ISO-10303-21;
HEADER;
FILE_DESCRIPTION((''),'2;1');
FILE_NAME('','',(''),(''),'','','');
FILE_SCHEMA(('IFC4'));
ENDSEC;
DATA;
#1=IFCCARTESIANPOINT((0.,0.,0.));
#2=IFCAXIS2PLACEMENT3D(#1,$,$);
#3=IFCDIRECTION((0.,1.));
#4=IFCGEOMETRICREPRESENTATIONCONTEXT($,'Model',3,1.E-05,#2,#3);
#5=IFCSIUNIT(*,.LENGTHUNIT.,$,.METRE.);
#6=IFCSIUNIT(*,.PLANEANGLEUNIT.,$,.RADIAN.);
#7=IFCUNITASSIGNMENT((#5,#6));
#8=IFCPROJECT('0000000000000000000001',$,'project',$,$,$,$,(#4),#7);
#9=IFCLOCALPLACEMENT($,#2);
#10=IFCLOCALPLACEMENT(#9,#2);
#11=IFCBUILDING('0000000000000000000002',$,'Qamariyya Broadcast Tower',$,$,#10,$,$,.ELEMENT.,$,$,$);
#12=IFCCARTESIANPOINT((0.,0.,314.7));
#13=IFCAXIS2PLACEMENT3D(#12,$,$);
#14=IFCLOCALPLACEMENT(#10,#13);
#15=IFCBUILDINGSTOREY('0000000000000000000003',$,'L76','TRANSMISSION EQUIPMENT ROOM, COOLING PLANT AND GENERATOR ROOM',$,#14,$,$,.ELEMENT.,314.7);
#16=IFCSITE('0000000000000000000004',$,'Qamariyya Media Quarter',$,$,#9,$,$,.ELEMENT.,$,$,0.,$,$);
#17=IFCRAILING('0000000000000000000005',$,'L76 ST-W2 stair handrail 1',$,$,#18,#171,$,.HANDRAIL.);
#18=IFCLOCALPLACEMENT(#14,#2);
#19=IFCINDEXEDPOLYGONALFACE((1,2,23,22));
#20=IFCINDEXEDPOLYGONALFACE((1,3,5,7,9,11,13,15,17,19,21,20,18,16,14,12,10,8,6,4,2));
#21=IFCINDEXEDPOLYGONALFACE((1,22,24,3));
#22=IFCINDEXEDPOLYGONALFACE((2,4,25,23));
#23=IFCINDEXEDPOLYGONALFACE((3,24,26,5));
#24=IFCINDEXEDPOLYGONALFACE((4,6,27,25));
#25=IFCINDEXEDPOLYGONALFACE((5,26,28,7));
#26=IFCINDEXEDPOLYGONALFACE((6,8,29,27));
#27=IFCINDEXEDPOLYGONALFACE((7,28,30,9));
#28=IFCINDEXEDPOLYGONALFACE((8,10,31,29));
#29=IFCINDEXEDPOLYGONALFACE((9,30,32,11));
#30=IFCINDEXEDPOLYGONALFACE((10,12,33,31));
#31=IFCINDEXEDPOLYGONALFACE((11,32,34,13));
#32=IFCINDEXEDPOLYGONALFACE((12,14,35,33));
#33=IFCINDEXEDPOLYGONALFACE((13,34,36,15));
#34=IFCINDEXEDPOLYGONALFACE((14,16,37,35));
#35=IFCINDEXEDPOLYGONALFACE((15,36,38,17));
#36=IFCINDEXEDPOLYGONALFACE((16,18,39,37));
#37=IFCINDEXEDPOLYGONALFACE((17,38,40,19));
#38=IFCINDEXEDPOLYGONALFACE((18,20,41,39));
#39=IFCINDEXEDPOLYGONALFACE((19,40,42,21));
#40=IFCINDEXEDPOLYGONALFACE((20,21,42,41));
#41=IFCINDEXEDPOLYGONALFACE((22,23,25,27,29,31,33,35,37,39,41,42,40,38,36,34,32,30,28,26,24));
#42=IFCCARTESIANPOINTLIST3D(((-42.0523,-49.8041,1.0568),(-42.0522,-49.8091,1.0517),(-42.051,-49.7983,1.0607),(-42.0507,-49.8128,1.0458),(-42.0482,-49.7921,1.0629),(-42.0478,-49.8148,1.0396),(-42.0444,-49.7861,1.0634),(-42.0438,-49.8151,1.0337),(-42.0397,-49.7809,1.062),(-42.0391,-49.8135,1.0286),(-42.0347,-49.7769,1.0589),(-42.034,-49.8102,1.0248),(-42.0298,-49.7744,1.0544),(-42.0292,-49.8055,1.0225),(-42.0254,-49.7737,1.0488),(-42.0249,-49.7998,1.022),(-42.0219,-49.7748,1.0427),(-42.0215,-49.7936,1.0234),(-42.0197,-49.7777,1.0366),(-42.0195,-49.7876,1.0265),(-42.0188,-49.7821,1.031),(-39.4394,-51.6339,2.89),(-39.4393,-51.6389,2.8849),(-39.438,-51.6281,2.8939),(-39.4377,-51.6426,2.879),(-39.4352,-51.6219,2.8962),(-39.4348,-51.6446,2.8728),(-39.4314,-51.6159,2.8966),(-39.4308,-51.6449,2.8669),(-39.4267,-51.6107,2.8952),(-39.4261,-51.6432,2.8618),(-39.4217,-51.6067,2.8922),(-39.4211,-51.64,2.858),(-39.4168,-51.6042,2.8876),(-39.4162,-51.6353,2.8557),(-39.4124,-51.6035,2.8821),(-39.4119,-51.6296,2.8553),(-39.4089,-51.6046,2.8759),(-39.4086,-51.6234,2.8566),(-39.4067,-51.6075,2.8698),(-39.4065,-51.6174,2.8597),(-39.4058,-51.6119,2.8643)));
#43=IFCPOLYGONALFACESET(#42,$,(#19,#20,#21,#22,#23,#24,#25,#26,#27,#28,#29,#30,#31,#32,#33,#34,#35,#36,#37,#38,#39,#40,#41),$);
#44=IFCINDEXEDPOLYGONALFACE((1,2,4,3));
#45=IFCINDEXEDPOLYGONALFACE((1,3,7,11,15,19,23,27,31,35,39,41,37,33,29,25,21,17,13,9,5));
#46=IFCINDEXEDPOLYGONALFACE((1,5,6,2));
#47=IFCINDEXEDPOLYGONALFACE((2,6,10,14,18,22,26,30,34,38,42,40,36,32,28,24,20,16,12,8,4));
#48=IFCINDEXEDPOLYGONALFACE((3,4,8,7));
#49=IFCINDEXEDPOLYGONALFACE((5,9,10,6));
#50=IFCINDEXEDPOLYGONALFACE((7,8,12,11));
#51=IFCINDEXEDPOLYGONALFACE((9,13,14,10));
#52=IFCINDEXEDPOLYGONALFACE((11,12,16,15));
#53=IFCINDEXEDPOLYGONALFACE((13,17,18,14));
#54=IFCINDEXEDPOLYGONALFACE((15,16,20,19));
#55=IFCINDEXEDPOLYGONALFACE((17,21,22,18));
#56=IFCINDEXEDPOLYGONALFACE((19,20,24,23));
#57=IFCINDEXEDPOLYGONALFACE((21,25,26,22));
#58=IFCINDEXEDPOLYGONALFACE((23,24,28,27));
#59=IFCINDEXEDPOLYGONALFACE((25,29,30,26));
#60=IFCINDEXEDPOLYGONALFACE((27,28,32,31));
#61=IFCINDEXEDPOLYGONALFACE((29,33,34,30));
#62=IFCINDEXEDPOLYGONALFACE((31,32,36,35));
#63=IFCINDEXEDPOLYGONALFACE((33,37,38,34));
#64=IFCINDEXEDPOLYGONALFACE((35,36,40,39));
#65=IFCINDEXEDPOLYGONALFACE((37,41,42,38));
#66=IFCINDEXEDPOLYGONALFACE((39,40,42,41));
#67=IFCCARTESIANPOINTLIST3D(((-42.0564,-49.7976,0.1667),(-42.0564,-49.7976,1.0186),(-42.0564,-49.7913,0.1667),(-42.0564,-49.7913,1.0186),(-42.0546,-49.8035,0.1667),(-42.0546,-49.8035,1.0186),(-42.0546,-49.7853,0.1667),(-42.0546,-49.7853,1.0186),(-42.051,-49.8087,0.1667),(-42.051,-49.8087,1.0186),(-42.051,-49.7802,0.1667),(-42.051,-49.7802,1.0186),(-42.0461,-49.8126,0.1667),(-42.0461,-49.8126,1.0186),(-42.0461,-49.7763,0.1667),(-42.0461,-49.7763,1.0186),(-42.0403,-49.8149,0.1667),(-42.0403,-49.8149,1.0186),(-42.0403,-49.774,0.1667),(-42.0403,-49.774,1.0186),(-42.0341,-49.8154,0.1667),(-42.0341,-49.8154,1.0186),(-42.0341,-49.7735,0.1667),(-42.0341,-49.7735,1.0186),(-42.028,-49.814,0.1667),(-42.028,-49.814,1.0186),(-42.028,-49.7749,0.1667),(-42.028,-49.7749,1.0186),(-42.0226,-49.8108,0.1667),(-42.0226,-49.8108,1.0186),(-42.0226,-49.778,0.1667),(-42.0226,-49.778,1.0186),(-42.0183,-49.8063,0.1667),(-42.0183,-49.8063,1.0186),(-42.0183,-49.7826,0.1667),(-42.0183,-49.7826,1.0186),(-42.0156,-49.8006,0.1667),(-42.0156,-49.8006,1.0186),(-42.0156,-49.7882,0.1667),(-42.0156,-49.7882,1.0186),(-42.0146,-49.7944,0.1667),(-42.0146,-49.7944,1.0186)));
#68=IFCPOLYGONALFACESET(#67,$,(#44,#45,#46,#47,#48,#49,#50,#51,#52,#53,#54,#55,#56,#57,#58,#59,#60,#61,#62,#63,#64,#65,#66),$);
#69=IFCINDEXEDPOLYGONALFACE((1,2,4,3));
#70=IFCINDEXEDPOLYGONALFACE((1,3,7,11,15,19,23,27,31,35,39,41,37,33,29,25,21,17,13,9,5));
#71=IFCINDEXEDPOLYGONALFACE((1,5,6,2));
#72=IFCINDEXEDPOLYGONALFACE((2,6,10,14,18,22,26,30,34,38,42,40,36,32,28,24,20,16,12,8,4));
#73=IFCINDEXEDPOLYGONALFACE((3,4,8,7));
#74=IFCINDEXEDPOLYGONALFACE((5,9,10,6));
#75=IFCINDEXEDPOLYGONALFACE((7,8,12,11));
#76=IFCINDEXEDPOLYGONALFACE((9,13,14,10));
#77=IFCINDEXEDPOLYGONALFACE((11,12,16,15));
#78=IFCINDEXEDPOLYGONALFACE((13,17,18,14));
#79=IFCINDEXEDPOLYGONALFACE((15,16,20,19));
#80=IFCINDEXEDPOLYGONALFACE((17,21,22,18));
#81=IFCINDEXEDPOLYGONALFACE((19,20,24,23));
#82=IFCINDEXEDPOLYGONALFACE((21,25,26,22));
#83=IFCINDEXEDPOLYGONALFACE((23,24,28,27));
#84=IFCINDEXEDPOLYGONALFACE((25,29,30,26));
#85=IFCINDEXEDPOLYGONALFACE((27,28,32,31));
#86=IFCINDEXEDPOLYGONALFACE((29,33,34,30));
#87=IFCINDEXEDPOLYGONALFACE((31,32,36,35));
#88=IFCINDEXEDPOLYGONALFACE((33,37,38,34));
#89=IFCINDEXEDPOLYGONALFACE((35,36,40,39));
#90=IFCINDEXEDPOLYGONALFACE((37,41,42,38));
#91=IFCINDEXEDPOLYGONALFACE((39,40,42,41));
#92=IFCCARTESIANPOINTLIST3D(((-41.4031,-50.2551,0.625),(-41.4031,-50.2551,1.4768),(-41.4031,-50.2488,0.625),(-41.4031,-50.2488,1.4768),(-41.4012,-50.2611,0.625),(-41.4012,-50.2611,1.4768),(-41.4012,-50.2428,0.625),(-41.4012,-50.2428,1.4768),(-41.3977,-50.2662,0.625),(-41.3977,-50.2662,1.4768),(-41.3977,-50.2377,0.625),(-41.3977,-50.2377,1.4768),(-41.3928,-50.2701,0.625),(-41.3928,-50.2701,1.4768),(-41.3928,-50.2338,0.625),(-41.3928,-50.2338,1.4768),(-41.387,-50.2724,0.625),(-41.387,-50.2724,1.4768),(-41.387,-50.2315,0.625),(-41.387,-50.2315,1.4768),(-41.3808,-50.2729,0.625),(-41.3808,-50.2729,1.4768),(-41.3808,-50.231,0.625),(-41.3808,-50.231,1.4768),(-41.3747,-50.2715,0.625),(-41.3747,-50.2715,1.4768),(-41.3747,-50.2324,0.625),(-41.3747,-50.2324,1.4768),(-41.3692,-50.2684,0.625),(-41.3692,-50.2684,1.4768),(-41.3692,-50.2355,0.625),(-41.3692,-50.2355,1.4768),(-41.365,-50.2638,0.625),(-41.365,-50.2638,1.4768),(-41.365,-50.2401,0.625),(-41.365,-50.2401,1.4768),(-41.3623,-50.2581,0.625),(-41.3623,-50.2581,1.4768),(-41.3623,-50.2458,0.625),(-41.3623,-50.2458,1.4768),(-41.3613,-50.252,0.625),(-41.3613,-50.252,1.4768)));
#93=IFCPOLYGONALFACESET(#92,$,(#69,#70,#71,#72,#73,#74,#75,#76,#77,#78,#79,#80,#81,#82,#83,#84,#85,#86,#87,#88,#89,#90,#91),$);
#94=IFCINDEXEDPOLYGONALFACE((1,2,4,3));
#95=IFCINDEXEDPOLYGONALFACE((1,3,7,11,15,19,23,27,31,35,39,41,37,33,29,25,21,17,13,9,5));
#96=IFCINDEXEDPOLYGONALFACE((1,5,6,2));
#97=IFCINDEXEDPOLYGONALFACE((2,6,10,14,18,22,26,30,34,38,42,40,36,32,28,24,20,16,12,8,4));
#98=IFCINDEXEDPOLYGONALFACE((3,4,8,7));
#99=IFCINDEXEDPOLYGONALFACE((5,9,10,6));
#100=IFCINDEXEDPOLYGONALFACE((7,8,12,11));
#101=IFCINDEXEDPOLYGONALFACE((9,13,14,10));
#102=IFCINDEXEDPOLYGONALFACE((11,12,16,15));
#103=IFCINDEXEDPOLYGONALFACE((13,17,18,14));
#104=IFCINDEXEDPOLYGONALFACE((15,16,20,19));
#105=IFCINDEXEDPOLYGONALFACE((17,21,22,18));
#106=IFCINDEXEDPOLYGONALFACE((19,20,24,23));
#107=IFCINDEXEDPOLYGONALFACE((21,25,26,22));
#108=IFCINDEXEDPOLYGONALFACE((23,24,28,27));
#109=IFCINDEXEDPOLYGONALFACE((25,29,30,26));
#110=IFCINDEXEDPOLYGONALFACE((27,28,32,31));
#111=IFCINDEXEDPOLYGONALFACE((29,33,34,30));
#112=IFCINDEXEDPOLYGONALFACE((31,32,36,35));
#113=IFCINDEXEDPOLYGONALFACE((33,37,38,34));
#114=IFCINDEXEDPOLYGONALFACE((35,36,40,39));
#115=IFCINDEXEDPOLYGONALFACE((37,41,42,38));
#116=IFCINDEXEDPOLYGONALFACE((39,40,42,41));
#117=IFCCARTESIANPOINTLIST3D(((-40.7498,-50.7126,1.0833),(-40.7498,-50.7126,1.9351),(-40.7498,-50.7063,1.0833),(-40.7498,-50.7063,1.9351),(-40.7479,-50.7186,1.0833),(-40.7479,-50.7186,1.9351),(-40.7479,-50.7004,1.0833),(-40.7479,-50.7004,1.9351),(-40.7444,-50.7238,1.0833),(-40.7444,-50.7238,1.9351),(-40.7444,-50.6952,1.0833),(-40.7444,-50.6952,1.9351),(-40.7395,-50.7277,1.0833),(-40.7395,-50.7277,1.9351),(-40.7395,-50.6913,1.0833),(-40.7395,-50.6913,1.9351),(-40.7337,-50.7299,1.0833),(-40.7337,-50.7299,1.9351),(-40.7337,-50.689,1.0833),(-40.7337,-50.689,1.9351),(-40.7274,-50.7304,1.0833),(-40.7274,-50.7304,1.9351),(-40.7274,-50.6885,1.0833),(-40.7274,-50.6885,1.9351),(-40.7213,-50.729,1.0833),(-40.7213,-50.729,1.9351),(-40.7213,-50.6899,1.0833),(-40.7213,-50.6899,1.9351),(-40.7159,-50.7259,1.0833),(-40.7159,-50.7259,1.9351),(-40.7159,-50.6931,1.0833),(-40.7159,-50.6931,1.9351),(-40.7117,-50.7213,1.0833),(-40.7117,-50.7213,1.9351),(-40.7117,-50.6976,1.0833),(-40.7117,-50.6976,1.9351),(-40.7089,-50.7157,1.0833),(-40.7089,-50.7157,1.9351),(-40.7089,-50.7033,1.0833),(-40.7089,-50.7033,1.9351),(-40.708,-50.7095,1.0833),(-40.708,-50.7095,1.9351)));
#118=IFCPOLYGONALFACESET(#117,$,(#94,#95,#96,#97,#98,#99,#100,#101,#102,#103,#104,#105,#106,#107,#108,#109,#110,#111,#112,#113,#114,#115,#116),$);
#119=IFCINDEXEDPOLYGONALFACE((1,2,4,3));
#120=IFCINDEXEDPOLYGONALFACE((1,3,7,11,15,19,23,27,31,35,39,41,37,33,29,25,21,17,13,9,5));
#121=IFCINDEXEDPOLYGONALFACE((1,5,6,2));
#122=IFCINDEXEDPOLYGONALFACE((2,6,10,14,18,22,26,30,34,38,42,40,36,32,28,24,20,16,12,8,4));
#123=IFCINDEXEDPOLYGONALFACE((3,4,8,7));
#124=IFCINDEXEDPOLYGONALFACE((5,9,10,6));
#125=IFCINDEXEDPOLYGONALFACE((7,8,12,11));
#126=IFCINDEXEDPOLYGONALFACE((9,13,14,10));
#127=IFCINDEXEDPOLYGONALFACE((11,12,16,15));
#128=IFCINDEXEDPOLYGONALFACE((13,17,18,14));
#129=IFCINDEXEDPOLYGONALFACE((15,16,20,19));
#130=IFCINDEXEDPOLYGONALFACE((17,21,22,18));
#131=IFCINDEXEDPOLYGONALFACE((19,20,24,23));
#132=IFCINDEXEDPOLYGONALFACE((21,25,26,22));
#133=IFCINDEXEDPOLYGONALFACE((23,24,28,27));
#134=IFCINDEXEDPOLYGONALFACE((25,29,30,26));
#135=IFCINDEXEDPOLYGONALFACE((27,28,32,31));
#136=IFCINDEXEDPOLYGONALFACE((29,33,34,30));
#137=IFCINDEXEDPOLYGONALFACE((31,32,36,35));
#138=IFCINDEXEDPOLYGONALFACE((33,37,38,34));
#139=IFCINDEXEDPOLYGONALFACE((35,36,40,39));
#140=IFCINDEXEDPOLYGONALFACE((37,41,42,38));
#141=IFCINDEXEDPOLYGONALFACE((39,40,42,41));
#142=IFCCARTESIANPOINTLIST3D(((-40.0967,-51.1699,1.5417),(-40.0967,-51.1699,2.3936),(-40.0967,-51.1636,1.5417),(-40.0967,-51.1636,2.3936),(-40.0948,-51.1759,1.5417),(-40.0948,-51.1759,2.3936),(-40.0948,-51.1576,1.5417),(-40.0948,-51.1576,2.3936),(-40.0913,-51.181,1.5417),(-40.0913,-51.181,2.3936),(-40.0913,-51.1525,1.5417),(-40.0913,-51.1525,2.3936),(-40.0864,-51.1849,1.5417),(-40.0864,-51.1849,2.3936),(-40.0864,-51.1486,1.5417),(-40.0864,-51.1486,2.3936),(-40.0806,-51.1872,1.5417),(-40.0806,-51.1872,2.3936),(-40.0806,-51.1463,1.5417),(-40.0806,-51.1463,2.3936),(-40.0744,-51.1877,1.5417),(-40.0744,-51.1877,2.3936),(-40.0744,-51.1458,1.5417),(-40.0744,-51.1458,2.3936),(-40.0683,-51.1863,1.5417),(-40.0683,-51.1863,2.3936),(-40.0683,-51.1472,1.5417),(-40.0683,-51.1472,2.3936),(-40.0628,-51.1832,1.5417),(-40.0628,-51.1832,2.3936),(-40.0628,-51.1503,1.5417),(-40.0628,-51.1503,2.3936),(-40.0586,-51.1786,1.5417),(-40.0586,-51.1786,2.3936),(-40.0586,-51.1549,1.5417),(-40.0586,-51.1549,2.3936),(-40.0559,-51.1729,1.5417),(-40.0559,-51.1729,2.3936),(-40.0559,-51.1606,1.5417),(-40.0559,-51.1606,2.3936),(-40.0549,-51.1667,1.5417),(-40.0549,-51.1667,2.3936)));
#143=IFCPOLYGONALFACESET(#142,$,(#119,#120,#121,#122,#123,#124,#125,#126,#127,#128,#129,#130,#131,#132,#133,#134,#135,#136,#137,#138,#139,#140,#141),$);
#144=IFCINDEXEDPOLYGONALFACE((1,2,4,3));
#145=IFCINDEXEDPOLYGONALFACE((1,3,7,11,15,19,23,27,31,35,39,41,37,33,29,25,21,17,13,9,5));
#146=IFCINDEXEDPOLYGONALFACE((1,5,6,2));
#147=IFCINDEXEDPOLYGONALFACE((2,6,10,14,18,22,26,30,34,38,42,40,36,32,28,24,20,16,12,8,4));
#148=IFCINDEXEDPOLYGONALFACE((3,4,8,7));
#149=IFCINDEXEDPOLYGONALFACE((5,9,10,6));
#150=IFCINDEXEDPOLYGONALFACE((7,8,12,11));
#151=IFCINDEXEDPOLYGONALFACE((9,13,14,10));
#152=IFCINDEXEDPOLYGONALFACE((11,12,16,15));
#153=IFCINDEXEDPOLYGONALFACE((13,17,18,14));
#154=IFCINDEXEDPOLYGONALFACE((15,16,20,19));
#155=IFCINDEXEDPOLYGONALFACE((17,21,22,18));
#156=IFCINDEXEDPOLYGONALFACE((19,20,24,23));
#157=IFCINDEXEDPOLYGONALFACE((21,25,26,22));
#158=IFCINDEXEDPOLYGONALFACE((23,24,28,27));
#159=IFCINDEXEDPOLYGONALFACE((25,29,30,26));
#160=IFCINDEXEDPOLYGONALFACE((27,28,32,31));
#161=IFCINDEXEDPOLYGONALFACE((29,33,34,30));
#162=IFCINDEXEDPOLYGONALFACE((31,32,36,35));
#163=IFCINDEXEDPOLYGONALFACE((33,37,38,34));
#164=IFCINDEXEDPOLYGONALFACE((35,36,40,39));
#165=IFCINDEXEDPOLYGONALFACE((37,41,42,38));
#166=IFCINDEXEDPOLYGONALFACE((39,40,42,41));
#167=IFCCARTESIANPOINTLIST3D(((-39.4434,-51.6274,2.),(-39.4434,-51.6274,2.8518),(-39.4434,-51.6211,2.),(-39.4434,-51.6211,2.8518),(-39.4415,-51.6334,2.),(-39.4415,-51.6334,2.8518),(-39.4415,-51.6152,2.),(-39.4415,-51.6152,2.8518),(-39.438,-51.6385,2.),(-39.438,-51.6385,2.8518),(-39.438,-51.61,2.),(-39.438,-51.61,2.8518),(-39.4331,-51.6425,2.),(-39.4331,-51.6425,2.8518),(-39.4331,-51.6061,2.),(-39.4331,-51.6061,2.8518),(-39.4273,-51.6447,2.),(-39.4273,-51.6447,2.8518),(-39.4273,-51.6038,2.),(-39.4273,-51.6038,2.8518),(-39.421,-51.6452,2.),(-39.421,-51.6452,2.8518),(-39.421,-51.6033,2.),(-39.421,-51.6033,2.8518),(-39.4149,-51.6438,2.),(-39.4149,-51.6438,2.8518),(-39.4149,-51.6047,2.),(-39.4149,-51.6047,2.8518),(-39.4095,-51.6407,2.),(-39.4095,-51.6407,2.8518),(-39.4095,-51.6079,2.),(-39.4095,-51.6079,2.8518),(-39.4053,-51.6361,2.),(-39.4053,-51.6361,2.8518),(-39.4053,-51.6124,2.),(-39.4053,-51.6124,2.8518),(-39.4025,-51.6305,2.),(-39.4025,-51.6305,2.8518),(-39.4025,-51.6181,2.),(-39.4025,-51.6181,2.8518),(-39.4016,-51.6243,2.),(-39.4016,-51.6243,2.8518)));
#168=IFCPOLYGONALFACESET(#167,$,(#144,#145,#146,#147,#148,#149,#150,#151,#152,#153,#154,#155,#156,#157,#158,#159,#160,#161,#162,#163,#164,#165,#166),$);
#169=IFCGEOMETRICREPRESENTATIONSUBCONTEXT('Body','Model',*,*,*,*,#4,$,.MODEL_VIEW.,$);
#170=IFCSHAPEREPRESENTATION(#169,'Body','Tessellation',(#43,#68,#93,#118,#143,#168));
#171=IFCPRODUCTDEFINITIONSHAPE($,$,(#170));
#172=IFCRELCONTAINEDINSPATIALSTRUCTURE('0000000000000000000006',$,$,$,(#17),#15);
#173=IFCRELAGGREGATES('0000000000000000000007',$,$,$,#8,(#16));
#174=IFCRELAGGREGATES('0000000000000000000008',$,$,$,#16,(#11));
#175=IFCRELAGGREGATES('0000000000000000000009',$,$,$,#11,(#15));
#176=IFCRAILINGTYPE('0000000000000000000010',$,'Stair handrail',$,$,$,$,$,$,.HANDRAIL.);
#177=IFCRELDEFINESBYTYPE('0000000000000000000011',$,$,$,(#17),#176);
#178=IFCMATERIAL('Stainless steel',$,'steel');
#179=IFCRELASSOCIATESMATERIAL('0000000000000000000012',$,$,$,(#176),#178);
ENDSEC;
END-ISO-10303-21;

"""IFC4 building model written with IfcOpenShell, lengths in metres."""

from ifc_helpers import new_model, si_unit, direction, frame, origin, origin_2d, place, context, subcontext, project, spatial, circle, extrude, material, type_object, element, save


model = new_model("IFC4")

# Units and contexts
model_context = context("Model", 3, precision=1e-05, world=origin(), true_north=direction((0.0, 1.0)))
body_context = subcontext(model_context, "Body", "Model", "MODEL_VIEW")
ifc_project = project(units=[si_unit("LENGTHUNIT", "METRE"), si_unit("PLANEANGLEUNIT", "RADIAN")], contexts=[model_context])

# Site, building, storey
site_placement = place(None, origin())
site = spatial("IfcSite", under=ifc_project, at=site_placement, Name="Qamariyya Media Quarter", CompositionType="ELEMENT", RefElevation=0.0)
building_placement = place(site_placement, origin())
building = spatial("IfcBuilding", under=site, at=building_placement, Name="Qamariyya Broadcast Tower", CompositionType="ELEMENT")
storey_placement = place(building_placement, frame((0.0, 0.0, 314.7)))
storey = spatial("IfcBuildingStorey", under=building, at=storey_placement, Name="L76", Description="TRANSMISSION EQUIPMENT ROOM, COOLING PLANT AND GENERATOR ROOM", CompositionType="ELEMENT", Elevation=314.7)

# Railing
ifc_material_1 = material(Name="Stainless steel", Category="steel")
railing_type_1 = type_object("IfcRailingType", Name="Stair handrail", PredefinedType="HANDRAIL", material=ifc_material_1)
railing_1_placement = place(storey_placement, frame((-42.0356, -49.7944, 0.1667)))
element("IfcRailing", 1, at=railing_1_placement, inside=storey, type_object=railing_type_1, Name="L76 ST-W2 stair handrail 1", PredefinedType="HANDRAIL", context=body_context, shape_type="SweptSolid", body=[
    extrude(circle(Radius=0.0239, at=origin_2d()), frame((0.0, 0.0, 0.876), z_axis=(0.710204, -0.497335, 0.498264), x_axis=(0.573611, 0.819128, 0.0)), (0.0, 0.0, 1.0), 3.6792),
    extrude(circle(Radius=0.021, at=origin_2d()), origin(), (0.0, 0.0, 1.0), 0.8518),
    extrude(circle(Radius=0.021, at=origin_2d()), frame((0.6533, -0.4575, 0.4583)), (0.0, 0.0, 1.0), 0.8518),
    extrude(circle(Radius=0.021, at=origin_2d()), frame((1.3066, -0.915, 0.9165)), (0.0, 0.0, 1.0), 0.8518),
    extrude(circle(Radius=0.021, at=origin_2d()), frame((1.9597, -1.3723, 1.375)), (0.0, 0.0, 1.0), 0.8518),
    extrude(circle(Radius=0.021, at=origin_2d()), frame((2.613, -1.8298, 1.8333)), (0.0, 0.0, 1.0), 0.8518),
])

save(model, "model.ifc")
